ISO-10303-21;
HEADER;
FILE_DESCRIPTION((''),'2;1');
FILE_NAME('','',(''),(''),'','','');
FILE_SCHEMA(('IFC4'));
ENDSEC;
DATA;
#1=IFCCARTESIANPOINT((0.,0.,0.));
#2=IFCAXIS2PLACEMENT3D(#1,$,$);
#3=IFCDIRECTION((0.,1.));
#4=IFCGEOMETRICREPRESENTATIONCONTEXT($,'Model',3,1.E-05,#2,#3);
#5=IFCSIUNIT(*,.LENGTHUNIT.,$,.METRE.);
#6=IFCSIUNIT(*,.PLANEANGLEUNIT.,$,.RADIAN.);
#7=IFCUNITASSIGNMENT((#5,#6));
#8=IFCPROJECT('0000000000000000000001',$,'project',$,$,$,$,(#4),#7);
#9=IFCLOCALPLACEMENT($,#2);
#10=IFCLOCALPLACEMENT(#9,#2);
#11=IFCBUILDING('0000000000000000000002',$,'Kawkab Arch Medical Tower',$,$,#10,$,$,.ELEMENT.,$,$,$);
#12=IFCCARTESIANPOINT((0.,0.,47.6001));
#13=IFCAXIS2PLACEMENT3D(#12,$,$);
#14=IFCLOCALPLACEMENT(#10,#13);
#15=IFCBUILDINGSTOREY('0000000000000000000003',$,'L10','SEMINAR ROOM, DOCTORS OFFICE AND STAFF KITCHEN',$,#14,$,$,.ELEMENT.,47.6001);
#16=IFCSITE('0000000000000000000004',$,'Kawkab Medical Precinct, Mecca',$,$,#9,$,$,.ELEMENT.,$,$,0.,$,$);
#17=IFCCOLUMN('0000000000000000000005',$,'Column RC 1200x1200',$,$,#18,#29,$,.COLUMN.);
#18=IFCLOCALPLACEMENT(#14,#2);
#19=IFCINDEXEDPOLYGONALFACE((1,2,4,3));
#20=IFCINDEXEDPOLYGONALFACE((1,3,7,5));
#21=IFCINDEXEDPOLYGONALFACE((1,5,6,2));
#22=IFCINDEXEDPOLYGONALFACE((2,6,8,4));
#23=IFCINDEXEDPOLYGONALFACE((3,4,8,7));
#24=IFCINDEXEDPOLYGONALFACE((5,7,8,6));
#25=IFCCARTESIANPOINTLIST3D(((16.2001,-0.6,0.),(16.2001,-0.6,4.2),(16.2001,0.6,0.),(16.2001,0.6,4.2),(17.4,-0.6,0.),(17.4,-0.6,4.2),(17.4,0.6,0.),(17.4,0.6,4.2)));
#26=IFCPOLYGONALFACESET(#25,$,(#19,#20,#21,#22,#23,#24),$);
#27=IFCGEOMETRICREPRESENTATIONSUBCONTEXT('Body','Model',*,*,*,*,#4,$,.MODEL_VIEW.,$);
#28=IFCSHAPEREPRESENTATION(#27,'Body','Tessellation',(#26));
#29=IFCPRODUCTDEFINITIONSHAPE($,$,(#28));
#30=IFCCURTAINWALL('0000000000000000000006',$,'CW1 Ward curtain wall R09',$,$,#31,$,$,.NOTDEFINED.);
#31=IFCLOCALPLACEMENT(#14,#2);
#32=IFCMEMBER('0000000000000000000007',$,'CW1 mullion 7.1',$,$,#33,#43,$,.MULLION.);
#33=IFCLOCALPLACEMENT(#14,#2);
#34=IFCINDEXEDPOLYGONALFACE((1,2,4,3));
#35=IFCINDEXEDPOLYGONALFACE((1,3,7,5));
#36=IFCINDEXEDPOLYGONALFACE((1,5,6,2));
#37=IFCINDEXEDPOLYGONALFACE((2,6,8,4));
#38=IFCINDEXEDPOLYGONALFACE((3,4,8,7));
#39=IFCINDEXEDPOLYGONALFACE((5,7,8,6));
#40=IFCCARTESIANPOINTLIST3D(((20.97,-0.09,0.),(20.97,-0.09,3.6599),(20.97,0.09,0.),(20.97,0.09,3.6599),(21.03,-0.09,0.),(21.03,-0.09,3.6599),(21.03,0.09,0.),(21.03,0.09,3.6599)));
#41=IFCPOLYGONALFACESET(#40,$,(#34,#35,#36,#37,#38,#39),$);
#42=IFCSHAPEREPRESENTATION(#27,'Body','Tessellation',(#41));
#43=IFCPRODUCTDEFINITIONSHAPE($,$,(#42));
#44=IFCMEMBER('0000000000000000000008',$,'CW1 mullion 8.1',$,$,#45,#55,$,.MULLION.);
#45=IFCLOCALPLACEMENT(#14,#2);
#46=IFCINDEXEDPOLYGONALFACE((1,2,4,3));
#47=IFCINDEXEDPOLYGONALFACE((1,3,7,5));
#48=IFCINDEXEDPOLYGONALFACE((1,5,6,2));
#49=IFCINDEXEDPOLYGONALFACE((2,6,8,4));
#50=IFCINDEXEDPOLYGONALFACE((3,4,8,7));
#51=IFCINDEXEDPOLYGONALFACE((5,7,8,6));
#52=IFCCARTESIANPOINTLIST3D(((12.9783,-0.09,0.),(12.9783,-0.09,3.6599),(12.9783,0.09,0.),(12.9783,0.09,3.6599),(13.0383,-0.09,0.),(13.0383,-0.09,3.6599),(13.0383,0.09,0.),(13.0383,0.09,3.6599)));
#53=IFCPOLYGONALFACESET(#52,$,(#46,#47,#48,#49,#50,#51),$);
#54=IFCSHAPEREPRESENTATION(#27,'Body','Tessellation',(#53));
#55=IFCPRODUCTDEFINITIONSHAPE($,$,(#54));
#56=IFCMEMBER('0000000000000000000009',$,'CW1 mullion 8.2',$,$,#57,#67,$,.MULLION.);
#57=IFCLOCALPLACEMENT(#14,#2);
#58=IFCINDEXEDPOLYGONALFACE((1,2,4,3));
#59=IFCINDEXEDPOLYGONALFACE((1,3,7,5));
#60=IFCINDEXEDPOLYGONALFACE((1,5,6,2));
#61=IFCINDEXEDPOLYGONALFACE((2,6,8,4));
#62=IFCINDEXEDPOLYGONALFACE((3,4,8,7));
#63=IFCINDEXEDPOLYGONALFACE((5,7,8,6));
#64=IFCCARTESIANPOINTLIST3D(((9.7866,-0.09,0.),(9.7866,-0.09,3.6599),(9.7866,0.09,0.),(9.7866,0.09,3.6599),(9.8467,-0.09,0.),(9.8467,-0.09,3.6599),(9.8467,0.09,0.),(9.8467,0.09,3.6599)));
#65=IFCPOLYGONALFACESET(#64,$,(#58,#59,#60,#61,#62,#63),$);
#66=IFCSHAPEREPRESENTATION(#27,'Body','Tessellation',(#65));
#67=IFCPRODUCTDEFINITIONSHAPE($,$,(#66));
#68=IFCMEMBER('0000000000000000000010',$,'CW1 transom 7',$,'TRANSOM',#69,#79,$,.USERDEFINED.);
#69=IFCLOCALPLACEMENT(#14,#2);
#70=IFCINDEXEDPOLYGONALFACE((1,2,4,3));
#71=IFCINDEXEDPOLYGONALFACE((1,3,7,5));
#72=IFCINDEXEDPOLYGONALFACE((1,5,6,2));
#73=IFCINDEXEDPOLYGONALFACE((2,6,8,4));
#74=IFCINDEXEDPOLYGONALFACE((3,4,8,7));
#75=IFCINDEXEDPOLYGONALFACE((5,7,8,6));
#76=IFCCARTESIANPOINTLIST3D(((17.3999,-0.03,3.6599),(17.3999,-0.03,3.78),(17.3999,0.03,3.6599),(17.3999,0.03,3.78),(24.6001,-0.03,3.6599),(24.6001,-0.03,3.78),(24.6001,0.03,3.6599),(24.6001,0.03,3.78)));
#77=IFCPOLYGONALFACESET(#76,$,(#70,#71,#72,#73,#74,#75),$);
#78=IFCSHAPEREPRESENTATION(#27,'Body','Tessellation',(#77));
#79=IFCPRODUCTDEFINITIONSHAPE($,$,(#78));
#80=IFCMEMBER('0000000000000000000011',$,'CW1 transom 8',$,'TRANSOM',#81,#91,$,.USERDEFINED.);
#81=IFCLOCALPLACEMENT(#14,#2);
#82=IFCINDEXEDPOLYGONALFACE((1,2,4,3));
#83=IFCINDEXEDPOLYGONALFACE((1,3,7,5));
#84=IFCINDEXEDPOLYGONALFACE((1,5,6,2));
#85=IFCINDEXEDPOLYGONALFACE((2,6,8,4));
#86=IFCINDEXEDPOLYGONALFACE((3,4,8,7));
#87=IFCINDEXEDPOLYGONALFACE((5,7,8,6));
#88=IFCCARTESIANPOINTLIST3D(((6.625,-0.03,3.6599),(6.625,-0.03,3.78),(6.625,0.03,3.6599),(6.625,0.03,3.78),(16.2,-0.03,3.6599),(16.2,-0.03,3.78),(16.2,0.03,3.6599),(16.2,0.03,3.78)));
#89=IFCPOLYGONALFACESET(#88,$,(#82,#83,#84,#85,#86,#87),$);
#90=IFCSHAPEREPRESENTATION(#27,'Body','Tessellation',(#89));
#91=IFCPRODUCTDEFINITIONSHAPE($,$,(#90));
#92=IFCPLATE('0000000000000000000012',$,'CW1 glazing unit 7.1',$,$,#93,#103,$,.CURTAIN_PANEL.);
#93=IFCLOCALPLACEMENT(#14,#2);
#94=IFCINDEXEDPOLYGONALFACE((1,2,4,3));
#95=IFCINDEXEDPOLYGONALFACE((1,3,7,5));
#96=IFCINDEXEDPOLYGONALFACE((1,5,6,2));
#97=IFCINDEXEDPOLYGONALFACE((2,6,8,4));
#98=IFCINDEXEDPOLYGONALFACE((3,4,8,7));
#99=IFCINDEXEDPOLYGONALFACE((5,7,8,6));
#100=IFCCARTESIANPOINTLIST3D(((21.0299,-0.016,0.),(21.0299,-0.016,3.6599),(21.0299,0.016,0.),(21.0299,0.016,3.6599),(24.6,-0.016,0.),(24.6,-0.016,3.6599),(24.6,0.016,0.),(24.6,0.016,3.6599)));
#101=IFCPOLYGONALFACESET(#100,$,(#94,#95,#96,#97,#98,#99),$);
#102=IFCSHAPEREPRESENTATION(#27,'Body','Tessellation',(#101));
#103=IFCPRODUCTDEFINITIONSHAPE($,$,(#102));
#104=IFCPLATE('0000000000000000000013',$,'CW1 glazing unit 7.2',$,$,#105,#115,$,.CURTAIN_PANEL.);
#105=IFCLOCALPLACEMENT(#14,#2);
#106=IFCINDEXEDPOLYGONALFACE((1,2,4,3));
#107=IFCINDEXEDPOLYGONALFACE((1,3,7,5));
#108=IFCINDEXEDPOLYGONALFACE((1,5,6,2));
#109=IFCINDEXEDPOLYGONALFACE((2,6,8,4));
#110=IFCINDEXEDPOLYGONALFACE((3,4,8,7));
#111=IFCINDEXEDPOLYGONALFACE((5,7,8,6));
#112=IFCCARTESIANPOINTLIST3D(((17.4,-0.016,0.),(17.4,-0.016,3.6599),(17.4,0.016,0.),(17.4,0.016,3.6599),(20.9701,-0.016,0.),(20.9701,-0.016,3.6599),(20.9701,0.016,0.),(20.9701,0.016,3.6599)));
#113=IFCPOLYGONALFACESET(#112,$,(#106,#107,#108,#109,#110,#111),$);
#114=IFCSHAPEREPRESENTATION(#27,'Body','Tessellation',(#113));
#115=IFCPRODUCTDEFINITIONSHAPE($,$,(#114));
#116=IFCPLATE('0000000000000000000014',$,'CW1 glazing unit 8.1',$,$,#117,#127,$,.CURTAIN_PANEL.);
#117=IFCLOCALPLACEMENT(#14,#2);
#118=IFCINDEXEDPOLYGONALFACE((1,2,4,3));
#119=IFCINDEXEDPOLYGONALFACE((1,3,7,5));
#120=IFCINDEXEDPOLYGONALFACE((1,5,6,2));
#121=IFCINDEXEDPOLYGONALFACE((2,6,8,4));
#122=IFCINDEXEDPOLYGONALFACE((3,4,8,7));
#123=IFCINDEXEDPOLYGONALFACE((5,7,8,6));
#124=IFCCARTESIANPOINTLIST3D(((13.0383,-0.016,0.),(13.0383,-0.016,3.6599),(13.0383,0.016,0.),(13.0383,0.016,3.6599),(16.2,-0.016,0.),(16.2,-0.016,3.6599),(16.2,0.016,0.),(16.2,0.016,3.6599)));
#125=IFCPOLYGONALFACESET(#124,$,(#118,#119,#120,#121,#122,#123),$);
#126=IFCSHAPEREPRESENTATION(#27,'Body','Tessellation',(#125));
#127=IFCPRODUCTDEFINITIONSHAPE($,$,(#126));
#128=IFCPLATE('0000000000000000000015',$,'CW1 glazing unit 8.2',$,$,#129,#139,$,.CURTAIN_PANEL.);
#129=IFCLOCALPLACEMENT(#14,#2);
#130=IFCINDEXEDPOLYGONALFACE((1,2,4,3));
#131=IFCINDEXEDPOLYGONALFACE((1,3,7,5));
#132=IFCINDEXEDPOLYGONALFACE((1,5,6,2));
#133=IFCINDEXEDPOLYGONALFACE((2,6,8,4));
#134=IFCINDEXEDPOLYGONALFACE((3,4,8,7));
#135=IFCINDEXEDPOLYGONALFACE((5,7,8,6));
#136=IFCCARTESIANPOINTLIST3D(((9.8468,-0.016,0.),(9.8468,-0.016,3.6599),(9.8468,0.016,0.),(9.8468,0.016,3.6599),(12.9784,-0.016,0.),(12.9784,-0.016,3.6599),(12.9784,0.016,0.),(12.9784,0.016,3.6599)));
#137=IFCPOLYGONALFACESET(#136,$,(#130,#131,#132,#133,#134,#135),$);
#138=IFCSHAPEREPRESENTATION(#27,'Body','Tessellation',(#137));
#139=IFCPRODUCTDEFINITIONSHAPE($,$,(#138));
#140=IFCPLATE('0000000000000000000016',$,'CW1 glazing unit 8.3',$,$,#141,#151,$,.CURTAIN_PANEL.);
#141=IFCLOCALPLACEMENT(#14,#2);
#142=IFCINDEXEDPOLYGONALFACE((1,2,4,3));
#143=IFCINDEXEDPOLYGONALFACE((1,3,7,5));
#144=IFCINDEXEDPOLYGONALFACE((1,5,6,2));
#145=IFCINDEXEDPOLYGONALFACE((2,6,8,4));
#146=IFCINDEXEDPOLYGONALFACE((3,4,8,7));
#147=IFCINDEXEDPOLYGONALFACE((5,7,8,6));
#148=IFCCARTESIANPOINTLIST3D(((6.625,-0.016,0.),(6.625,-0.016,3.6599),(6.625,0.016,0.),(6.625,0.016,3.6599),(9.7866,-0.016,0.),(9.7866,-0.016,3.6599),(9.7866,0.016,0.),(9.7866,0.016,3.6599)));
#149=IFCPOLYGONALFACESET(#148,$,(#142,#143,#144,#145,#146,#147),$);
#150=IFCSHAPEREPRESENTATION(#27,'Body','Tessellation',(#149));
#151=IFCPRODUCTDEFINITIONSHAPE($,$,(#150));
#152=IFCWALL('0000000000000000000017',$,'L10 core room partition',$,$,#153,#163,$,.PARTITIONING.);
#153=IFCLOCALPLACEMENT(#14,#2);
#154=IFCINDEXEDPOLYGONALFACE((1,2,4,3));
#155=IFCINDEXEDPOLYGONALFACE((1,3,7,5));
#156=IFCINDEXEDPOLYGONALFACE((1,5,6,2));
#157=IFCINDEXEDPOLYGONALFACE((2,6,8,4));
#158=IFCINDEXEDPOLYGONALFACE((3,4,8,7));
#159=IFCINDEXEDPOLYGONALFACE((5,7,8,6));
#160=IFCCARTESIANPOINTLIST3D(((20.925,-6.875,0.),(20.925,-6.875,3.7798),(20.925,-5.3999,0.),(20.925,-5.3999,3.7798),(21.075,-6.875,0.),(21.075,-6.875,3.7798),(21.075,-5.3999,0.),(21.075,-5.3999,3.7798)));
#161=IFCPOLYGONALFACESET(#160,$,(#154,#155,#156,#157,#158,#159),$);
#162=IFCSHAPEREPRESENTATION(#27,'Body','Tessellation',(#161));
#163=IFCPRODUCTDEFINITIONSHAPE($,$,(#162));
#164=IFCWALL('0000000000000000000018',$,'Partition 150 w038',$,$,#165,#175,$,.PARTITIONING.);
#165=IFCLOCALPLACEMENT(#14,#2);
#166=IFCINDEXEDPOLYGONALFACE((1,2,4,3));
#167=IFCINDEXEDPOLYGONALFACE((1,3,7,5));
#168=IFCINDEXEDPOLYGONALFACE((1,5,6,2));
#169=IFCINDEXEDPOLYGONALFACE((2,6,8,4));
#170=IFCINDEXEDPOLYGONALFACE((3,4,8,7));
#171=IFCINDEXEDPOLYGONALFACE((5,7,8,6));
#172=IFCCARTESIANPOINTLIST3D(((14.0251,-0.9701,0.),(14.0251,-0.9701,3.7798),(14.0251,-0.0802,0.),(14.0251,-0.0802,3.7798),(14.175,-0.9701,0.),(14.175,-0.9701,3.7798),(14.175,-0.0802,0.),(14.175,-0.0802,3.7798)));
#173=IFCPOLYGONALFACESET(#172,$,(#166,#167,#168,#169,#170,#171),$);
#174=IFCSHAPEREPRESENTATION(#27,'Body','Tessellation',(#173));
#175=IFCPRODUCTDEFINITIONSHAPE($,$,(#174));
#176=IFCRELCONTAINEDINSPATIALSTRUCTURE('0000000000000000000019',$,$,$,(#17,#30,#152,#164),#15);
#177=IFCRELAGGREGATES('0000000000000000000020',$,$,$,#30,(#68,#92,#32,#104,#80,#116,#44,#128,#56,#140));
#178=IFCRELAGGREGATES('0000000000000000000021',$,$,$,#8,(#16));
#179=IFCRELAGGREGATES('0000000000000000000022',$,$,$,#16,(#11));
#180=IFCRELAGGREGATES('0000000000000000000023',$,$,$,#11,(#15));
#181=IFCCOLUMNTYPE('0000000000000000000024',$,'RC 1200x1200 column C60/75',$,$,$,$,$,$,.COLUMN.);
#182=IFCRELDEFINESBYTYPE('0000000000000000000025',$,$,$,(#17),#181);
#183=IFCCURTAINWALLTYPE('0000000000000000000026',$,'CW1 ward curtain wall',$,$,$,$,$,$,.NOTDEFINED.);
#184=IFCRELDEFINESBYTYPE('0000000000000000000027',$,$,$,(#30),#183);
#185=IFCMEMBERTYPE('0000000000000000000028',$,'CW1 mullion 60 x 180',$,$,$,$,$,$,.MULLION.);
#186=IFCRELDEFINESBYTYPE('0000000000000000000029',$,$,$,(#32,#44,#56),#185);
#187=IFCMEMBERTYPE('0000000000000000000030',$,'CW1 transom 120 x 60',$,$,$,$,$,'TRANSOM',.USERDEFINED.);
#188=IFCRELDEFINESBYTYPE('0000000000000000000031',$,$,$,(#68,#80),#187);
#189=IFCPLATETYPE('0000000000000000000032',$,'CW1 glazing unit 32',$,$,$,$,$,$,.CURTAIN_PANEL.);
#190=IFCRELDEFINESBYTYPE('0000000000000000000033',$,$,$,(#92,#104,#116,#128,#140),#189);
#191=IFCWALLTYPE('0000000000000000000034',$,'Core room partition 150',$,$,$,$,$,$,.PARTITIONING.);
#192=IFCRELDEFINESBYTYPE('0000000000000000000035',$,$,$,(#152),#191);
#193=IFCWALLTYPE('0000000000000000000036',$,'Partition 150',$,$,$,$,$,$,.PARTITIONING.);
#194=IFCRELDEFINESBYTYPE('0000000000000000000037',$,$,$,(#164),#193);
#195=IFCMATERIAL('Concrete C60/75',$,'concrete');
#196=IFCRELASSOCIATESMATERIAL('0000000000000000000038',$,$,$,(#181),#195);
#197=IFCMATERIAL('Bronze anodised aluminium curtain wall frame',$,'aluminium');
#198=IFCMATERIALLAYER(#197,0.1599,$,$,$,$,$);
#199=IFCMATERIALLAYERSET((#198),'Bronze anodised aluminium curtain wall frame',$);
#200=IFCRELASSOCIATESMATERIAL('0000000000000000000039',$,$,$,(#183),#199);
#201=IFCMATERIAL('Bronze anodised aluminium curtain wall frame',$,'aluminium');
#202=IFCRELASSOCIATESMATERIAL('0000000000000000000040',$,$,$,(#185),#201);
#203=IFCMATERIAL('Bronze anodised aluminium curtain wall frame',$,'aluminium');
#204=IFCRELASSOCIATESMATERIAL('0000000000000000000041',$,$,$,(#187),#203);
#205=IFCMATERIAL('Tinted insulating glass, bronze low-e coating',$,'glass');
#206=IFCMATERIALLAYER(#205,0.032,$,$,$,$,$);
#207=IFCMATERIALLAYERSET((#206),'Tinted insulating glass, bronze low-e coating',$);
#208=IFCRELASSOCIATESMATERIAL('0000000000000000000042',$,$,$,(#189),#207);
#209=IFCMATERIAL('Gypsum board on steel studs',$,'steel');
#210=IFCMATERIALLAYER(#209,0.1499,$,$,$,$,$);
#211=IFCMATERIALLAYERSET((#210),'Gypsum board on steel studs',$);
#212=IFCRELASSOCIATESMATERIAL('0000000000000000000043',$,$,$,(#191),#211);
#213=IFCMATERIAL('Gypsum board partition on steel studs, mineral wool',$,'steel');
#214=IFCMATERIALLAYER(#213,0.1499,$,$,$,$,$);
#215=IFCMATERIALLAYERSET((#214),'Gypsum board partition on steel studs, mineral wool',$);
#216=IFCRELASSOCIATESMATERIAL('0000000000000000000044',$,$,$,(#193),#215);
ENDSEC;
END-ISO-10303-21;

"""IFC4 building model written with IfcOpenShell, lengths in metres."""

from ifc_helpers import new_model, si_unit, direction, frame, frame_2d, origin, origin_2d, place, context, subcontext, project, spatial, rectangle, extrude, material, layer, layer_set, material_profile, profile_set, type_object, element, aggregate, save


model = new_model("IFC4")

# Units and contexts
model_context = context("Model", 3, precision=1e-05, world=origin(), true_north=direction((0.0, 1.0)))
body_context = subcontext(model_context, "Body", "Model", "MODEL_VIEW")
ifc_project = project(units=[si_unit("LENGTHUNIT", "METRE"), si_unit("PLANEANGLEUNIT", "RADIAN")], contexts=[model_context])

# Site, building, storey
site_placement = place(None, origin())
site = spatial("IfcSite", under=ifc_project, at=site_placement, Name="Kawkab Medical Precinct, Mecca", CompositionType="ELEMENT", RefElevation=0.0)
building_placement = place(site_placement, origin())
building = spatial("IfcBuilding", under=site, at=building_placement, Name="Kawkab Arch Medical Tower", CompositionType="ELEMENT")
storey_placement = place(building_placement, frame((0.0, 0.0, 47.6001)))
storey = spatial("IfcBuildingStorey", under=building, at=storey_placement, Name="L10", Description="SEMINAR ROOM, DOCTORS OFFICE AND STAFF KITCHEN", CompositionType="ELEMENT", Elevation=47.6001)

# Column
ifc_material_1 = material(Name="Concrete C60/75", Category="concrete")
ifc_material_profile_1 = material_profile(ifc_material_1, rectangle(XDim=1.2, YDim=1.2, at=origin_2d()), Name="RC 1200x1200")
ifc_profile_set_1 = profile_set([ifc_material_profile_1], Name="Concrete C60/75")
column_type = type_object("IfcColumnType", Name="RC 1200x1200 column C60/75", PredefinedType="COLUMN", material=ifc_profile_set_1)
column_placement = place(storey_placement, frame((16.8, 0.0, 0.0), z_axis=(0.0, 0.0, 1.0), x_axis=(1.0, 0.0, 0.0)))
element("IfcColumn", 1, at=column_placement, inside=storey, type_object=column_type, Name="Column RC 1200x1200", PredefinedType="COLUMN", context=body_context, shape_type="SweptSolid", body=[
    extrude(rectangle(XDim=1.2, YDim=1.2, at=origin_2d()), origin(), (0.0, 0.0, 1.0), 4.2),
])

# Curtain wall, members, plates
ifc_material_2 = material(Name="Bronze anodised aluminium curtain wall frame", Category="aluminium")
ifc_layer_1 = layer(ifc_material_2, 0.1599)
ifc_layer_set_1 = layer_set([ifc_layer_1], Name="Bronze anodised aluminium curtain wall frame")
curtain_wall_type = type_object("IfcCurtainWallType", Name="CW1 ward curtain wall", PredefinedType="NOTDEFINED", material=ifc_layer_set_1)
placement = place(storey_placement, origin())
curtain_wall = element("IfcCurtainWall", 2, at=placement, inside=storey, type_object=curtain_wall_type, Name="CW1 Ward curtain wall R09", PredefinedType="NOTDEFINED")
ifc_material_3 = material(Name="Bronze anodised aluminium curtain wall frame", Category="aluminium")
ifc_material_profile_2 = material_profile(ifc_material_3, rectangle(XDim=0.1799, YDim=0.0601, at=origin_2d()), Name="AL 60x180")
ifc_profile_set_2 = profile_set([ifc_material_profile_2], Name="Bronze anodised aluminium curtain wall frame")
member_type_1 = type_object("IfcMemberType", Name="CW1 mullion 60 x 180", PredefinedType="MULLION", material=ifc_profile_set_2)
member_1_placement = place(storey_placement, frame((21.0, 0.0, 0.0), z_axis=(0.0, 0.0, 1.0), x_axis=(0.0, -1.0, 0.0)))
member_1 = element("IfcMember", 3, at=member_1_placement, type_object=member_type_1, Name="CW1 mullion 7.1", PredefinedType="MULLION", context=body_context, shape_type="SweptSolid", body=[
    extrude(rectangle(XDim=0.1799, YDim=0.0601, at=origin_2d()), origin(), (0.0, 0.0, 1.0), 3.6599),
])
member_2_placement = place(storey_placement, frame((13.0083, 0.0, 0.0), z_axis=(0.0, 0.0, 1.0), x_axis=(0.0, -1.0, 0.0)))
member_2 = element("IfcMember", 4, at=member_2_placement, type_object=member_type_1, Name="CW1 mullion 8.1", PredefinedType="MULLION", context=body_context, shape_type="SweptSolid", body=[
    extrude(rectangle(XDim=0.1799, YDim=0.0601, at=origin_2d()), origin(), (0.0, 0.0, 1.0), 3.6599),
])
member_3_placement = place(storey_placement, frame((9.8167, 0.0, 0.0), z_axis=(0.0, 0.0, 1.0), x_axis=(0.0, -1.0, 0.0)))
member_3 = element("IfcMember", 5, at=member_3_placement, type_object=member_type_1, Name="CW1 mullion 8.2", PredefinedType="MULLION", context=body_context, shape_type="SweptSolid", body=[
    extrude(rectangle(XDim=0.1799, YDim=0.0601, at=origin_2d()), origin(), (0.0, 0.0, 1.0), 3.6599),
])
ifc_material_4 = material(Name="Bronze anodised aluminium curtain wall frame", Category="aluminium")
ifc_material_profile_3 = material_profile(ifc_material_4, rectangle(XDim=0.0601, YDim=0.1201, at=origin_2d()), Name="AL 60x120")
ifc_profile_set_3 = profile_set([ifc_material_profile_3], Name="Bronze anodised aluminium curtain wall frame")
member_type_2 = type_object("IfcMemberType", Name="CW1 transom 120 x 60", ElementType="TRANSOM", PredefinedType="USERDEFINED", material=ifc_profile_set_3)
member_4_placement = place(storey_placement, frame((24.6001, 0.0, 3.72), z_axis=(-1.0, 0.0, 0.0), x_axis=(0.0, -1.0, 0.0)))
member_4 = element("IfcMember", 6, at=member_4_placement, type_object=member_type_2, Name="CW1 transom 7", ObjectType="TRANSOM", PredefinedType="USERDEFINED", context=body_context, shape_type="SweptSolid", body=[
    extrude(rectangle(XDim=0.0601, YDim=0.1201, at=origin_2d()), origin(), (0.0, 0.0, 1.0), 7.2002),
])
member_5_placement = place(storey_placement, frame((16.2, 0.0, 3.72), z_axis=(-1.0, 0.0, 0.0), x_axis=(0.0, -1.0, 0.0)))
member_5 = element("IfcMember", 7, at=member_5_placement, type_object=member_type_2, Name="CW1 transom 8", ObjectType="TRANSOM", PredefinedType="USERDEFINED", context=body_context, shape_type="SweptSolid", body=[
    extrude(rectangle(XDim=0.0601, YDim=0.1201, at=origin_2d()), origin(), (0.0, 0.0, 1.0), 9.575),
])
ifc_material_5 = material(Name="Tinted insulating glass, bronze low-e coating", Category="glass")
ifc_layer_2 = layer(ifc_material_5, 0.032)
ifc_layer_set_2 = layer_set([ifc_layer_2], Name="Tinted insulating glass, bronze low-e coating")
plate_type = type_object("IfcPlateType", Name="CW1 glazing unit 32", PredefinedType="CURTAIN_PANEL", material=ifc_layer_set_2)
plate_1_placement = place(storey_placement, frame((22.8149, 0.0, 0.0), z_axis=(0.0, 0.0, 1.0), x_axis=(-1.0, 0.0, 0.0)))
plate_1 = element("IfcPlate", 8, at=plate_1_placement, type_object=plate_type, Name="CW1 glazing unit 7.1", PredefinedType="CURTAIN_PANEL", context=body_context, shape_type="SweptSolid", body=[
    extrude(rectangle(XDim=3.5701, YDim=0.032, at=origin_2d()), origin(), (0.0, 0.0, 1.0), 3.6599),
])
plate_2_placement = place(storey_placement, frame((19.1851, 0.0, 0.0), z_axis=(0.0, 0.0, 1.0), x_axis=(-1.0, 0.0, 0.0)))
plate_2 = element("IfcPlate", 9, at=plate_2_placement, type_object=plate_type, Name="CW1 glazing unit 7.2", PredefinedType="CURTAIN_PANEL", context=body_context, shape_type="SweptSolid", body=[
    extrude(rectangle(XDim=3.5701, YDim=0.032, at=origin_2d()), origin(), (0.0, 0.0, 1.0), 3.6599),
])
plate_3_placement = place(storey_placement, frame((14.6191, 0.0, 0.0), z_axis=(0.0, 0.0, 1.0), x_axis=(-1.0, 0.0, 0.0)))
plate_3 = element("IfcPlate", 10, at=plate_3_placement, type_object=plate_type, Name="CW1 glazing unit 8.1", PredefinedType="CURTAIN_PANEL", context=body_context, shape_type="SweptSolid", body=[
    extrude(rectangle(XDim=3.1616, YDim=0.032, at=origin_2d()), origin(), (0.0, 0.0, 1.0), 3.6599),
])
plate_4_placement = place(storey_placement, frame((11.4126, 0.0, 0.0), z_axis=(0.0, 0.0, 1.0), x_axis=(-1.0, 0.0, 0.0)))
plate_4 = element("IfcPlate", 11, at=plate_4_placement, type_object=plate_type, Name="CW1 glazing unit 8.2", PredefinedType="CURTAIN_PANEL", context=body_context, shape_type="SweptSolid", body=[
    extrude(rectangle(XDim=3.1316, YDim=0.032, at=origin_2d()), origin(), (0.0, 0.0, 1.0), 3.6599),
])
plate_5_placement = place(storey_placement, frame((8.2058, 0.0, 0.0), z_axis=(0.0, 0.0, 1.0), x_axis=(-1.0, 0.0, 0.0)))
plate_5 = element("IfcPlate", 12, at=plate_5_placement, type_object=plate_type, Name="CW1 glazing unit 8.3", PredefinedType="CURTAIN_PANEL", context=body_context, shape_type="SweptSolid", body=[
    extrude(rectangle(XDim=3.1616, YDim=0.032, at=origin_2d()), origin(), (0.0, 0.0, 1.0), 3.6599),
])
aggregate(curtain_wall, [member_4, plate_1, member_1, plate_2, member_5, plate_3, member_2, plate_4, member_3, plate_5])

# Walls
ifc_material_6 = material(Name="Gypsum board on steel studs", Category="steel")
ifc_layer_3 = layer(ifc_material_6, 0.1499)
ifc_layer_set_3 = layer_set([ifc_layer_3], Name="Gypsum board on steel studs")
wall_type_1 = type_object("IfcWallType", Name="Core room partition 150", PredefinedType="PARTITIONING", material=ifc_layer_set_3)
wall_1_placement = place(storey_placement, frame((21.0, -6.875, 0.0), z_axis=(0.0, 0.0, 1.0), x_axis=(0.0, 1.0, 0.0)))
element("IfcWall", 13, at=wall_1_placement, inside=storey, type_object=wall_type_1, Name="L10 core room partition", PredefinedType="PARTITIONING", context=body_context, shape_type="SweptSolid", body=[
    extrude(rectangle(XDim=1.4751, YDim=0.1499, at=frame_2d((0.7375, 0.0))), origin(), (0.0, 0.0, 1.0), 3.7798),
])
ifc_material_7 = material(Name="Gypsum board partition on steel studs, mineral wool", Category="steel")
ifc_layer_4 = layer(ifc_material_7, 0.1499)
ifc_layer_set_4 = layer_set([ifc_layer_4], Name="Gypsum board partition on steel studs, mineral wool")
wall_type_2 = type_object("IfcWallType", Name="Partition 150", PredefinedType="PARTITIONING", material=ifc_layer_set_4)
wall_2_placement = place(storey_placement, frame((14.1001, -0.97, 0.0), z_axis=(0.0, 0.0, 1.0), x_axis=(0.0, 1.0, 0.0)))
element("IfcWall", 14, at=wall_2_placement, inside=storey, type_object=wall_type_2, Name="Partition 150 w038", PredefinedType="PARTITIONING", context=body_context, shape_type="SweptSolid", body=[
    extrude(rectangle(XDim=0.8899, YDim=0.1499, at=frame_2d((0.4448, 0.0))), origin(), (0.0, 0.0, 1.0), 3.7798),
])

save(model, "model.ifc")
